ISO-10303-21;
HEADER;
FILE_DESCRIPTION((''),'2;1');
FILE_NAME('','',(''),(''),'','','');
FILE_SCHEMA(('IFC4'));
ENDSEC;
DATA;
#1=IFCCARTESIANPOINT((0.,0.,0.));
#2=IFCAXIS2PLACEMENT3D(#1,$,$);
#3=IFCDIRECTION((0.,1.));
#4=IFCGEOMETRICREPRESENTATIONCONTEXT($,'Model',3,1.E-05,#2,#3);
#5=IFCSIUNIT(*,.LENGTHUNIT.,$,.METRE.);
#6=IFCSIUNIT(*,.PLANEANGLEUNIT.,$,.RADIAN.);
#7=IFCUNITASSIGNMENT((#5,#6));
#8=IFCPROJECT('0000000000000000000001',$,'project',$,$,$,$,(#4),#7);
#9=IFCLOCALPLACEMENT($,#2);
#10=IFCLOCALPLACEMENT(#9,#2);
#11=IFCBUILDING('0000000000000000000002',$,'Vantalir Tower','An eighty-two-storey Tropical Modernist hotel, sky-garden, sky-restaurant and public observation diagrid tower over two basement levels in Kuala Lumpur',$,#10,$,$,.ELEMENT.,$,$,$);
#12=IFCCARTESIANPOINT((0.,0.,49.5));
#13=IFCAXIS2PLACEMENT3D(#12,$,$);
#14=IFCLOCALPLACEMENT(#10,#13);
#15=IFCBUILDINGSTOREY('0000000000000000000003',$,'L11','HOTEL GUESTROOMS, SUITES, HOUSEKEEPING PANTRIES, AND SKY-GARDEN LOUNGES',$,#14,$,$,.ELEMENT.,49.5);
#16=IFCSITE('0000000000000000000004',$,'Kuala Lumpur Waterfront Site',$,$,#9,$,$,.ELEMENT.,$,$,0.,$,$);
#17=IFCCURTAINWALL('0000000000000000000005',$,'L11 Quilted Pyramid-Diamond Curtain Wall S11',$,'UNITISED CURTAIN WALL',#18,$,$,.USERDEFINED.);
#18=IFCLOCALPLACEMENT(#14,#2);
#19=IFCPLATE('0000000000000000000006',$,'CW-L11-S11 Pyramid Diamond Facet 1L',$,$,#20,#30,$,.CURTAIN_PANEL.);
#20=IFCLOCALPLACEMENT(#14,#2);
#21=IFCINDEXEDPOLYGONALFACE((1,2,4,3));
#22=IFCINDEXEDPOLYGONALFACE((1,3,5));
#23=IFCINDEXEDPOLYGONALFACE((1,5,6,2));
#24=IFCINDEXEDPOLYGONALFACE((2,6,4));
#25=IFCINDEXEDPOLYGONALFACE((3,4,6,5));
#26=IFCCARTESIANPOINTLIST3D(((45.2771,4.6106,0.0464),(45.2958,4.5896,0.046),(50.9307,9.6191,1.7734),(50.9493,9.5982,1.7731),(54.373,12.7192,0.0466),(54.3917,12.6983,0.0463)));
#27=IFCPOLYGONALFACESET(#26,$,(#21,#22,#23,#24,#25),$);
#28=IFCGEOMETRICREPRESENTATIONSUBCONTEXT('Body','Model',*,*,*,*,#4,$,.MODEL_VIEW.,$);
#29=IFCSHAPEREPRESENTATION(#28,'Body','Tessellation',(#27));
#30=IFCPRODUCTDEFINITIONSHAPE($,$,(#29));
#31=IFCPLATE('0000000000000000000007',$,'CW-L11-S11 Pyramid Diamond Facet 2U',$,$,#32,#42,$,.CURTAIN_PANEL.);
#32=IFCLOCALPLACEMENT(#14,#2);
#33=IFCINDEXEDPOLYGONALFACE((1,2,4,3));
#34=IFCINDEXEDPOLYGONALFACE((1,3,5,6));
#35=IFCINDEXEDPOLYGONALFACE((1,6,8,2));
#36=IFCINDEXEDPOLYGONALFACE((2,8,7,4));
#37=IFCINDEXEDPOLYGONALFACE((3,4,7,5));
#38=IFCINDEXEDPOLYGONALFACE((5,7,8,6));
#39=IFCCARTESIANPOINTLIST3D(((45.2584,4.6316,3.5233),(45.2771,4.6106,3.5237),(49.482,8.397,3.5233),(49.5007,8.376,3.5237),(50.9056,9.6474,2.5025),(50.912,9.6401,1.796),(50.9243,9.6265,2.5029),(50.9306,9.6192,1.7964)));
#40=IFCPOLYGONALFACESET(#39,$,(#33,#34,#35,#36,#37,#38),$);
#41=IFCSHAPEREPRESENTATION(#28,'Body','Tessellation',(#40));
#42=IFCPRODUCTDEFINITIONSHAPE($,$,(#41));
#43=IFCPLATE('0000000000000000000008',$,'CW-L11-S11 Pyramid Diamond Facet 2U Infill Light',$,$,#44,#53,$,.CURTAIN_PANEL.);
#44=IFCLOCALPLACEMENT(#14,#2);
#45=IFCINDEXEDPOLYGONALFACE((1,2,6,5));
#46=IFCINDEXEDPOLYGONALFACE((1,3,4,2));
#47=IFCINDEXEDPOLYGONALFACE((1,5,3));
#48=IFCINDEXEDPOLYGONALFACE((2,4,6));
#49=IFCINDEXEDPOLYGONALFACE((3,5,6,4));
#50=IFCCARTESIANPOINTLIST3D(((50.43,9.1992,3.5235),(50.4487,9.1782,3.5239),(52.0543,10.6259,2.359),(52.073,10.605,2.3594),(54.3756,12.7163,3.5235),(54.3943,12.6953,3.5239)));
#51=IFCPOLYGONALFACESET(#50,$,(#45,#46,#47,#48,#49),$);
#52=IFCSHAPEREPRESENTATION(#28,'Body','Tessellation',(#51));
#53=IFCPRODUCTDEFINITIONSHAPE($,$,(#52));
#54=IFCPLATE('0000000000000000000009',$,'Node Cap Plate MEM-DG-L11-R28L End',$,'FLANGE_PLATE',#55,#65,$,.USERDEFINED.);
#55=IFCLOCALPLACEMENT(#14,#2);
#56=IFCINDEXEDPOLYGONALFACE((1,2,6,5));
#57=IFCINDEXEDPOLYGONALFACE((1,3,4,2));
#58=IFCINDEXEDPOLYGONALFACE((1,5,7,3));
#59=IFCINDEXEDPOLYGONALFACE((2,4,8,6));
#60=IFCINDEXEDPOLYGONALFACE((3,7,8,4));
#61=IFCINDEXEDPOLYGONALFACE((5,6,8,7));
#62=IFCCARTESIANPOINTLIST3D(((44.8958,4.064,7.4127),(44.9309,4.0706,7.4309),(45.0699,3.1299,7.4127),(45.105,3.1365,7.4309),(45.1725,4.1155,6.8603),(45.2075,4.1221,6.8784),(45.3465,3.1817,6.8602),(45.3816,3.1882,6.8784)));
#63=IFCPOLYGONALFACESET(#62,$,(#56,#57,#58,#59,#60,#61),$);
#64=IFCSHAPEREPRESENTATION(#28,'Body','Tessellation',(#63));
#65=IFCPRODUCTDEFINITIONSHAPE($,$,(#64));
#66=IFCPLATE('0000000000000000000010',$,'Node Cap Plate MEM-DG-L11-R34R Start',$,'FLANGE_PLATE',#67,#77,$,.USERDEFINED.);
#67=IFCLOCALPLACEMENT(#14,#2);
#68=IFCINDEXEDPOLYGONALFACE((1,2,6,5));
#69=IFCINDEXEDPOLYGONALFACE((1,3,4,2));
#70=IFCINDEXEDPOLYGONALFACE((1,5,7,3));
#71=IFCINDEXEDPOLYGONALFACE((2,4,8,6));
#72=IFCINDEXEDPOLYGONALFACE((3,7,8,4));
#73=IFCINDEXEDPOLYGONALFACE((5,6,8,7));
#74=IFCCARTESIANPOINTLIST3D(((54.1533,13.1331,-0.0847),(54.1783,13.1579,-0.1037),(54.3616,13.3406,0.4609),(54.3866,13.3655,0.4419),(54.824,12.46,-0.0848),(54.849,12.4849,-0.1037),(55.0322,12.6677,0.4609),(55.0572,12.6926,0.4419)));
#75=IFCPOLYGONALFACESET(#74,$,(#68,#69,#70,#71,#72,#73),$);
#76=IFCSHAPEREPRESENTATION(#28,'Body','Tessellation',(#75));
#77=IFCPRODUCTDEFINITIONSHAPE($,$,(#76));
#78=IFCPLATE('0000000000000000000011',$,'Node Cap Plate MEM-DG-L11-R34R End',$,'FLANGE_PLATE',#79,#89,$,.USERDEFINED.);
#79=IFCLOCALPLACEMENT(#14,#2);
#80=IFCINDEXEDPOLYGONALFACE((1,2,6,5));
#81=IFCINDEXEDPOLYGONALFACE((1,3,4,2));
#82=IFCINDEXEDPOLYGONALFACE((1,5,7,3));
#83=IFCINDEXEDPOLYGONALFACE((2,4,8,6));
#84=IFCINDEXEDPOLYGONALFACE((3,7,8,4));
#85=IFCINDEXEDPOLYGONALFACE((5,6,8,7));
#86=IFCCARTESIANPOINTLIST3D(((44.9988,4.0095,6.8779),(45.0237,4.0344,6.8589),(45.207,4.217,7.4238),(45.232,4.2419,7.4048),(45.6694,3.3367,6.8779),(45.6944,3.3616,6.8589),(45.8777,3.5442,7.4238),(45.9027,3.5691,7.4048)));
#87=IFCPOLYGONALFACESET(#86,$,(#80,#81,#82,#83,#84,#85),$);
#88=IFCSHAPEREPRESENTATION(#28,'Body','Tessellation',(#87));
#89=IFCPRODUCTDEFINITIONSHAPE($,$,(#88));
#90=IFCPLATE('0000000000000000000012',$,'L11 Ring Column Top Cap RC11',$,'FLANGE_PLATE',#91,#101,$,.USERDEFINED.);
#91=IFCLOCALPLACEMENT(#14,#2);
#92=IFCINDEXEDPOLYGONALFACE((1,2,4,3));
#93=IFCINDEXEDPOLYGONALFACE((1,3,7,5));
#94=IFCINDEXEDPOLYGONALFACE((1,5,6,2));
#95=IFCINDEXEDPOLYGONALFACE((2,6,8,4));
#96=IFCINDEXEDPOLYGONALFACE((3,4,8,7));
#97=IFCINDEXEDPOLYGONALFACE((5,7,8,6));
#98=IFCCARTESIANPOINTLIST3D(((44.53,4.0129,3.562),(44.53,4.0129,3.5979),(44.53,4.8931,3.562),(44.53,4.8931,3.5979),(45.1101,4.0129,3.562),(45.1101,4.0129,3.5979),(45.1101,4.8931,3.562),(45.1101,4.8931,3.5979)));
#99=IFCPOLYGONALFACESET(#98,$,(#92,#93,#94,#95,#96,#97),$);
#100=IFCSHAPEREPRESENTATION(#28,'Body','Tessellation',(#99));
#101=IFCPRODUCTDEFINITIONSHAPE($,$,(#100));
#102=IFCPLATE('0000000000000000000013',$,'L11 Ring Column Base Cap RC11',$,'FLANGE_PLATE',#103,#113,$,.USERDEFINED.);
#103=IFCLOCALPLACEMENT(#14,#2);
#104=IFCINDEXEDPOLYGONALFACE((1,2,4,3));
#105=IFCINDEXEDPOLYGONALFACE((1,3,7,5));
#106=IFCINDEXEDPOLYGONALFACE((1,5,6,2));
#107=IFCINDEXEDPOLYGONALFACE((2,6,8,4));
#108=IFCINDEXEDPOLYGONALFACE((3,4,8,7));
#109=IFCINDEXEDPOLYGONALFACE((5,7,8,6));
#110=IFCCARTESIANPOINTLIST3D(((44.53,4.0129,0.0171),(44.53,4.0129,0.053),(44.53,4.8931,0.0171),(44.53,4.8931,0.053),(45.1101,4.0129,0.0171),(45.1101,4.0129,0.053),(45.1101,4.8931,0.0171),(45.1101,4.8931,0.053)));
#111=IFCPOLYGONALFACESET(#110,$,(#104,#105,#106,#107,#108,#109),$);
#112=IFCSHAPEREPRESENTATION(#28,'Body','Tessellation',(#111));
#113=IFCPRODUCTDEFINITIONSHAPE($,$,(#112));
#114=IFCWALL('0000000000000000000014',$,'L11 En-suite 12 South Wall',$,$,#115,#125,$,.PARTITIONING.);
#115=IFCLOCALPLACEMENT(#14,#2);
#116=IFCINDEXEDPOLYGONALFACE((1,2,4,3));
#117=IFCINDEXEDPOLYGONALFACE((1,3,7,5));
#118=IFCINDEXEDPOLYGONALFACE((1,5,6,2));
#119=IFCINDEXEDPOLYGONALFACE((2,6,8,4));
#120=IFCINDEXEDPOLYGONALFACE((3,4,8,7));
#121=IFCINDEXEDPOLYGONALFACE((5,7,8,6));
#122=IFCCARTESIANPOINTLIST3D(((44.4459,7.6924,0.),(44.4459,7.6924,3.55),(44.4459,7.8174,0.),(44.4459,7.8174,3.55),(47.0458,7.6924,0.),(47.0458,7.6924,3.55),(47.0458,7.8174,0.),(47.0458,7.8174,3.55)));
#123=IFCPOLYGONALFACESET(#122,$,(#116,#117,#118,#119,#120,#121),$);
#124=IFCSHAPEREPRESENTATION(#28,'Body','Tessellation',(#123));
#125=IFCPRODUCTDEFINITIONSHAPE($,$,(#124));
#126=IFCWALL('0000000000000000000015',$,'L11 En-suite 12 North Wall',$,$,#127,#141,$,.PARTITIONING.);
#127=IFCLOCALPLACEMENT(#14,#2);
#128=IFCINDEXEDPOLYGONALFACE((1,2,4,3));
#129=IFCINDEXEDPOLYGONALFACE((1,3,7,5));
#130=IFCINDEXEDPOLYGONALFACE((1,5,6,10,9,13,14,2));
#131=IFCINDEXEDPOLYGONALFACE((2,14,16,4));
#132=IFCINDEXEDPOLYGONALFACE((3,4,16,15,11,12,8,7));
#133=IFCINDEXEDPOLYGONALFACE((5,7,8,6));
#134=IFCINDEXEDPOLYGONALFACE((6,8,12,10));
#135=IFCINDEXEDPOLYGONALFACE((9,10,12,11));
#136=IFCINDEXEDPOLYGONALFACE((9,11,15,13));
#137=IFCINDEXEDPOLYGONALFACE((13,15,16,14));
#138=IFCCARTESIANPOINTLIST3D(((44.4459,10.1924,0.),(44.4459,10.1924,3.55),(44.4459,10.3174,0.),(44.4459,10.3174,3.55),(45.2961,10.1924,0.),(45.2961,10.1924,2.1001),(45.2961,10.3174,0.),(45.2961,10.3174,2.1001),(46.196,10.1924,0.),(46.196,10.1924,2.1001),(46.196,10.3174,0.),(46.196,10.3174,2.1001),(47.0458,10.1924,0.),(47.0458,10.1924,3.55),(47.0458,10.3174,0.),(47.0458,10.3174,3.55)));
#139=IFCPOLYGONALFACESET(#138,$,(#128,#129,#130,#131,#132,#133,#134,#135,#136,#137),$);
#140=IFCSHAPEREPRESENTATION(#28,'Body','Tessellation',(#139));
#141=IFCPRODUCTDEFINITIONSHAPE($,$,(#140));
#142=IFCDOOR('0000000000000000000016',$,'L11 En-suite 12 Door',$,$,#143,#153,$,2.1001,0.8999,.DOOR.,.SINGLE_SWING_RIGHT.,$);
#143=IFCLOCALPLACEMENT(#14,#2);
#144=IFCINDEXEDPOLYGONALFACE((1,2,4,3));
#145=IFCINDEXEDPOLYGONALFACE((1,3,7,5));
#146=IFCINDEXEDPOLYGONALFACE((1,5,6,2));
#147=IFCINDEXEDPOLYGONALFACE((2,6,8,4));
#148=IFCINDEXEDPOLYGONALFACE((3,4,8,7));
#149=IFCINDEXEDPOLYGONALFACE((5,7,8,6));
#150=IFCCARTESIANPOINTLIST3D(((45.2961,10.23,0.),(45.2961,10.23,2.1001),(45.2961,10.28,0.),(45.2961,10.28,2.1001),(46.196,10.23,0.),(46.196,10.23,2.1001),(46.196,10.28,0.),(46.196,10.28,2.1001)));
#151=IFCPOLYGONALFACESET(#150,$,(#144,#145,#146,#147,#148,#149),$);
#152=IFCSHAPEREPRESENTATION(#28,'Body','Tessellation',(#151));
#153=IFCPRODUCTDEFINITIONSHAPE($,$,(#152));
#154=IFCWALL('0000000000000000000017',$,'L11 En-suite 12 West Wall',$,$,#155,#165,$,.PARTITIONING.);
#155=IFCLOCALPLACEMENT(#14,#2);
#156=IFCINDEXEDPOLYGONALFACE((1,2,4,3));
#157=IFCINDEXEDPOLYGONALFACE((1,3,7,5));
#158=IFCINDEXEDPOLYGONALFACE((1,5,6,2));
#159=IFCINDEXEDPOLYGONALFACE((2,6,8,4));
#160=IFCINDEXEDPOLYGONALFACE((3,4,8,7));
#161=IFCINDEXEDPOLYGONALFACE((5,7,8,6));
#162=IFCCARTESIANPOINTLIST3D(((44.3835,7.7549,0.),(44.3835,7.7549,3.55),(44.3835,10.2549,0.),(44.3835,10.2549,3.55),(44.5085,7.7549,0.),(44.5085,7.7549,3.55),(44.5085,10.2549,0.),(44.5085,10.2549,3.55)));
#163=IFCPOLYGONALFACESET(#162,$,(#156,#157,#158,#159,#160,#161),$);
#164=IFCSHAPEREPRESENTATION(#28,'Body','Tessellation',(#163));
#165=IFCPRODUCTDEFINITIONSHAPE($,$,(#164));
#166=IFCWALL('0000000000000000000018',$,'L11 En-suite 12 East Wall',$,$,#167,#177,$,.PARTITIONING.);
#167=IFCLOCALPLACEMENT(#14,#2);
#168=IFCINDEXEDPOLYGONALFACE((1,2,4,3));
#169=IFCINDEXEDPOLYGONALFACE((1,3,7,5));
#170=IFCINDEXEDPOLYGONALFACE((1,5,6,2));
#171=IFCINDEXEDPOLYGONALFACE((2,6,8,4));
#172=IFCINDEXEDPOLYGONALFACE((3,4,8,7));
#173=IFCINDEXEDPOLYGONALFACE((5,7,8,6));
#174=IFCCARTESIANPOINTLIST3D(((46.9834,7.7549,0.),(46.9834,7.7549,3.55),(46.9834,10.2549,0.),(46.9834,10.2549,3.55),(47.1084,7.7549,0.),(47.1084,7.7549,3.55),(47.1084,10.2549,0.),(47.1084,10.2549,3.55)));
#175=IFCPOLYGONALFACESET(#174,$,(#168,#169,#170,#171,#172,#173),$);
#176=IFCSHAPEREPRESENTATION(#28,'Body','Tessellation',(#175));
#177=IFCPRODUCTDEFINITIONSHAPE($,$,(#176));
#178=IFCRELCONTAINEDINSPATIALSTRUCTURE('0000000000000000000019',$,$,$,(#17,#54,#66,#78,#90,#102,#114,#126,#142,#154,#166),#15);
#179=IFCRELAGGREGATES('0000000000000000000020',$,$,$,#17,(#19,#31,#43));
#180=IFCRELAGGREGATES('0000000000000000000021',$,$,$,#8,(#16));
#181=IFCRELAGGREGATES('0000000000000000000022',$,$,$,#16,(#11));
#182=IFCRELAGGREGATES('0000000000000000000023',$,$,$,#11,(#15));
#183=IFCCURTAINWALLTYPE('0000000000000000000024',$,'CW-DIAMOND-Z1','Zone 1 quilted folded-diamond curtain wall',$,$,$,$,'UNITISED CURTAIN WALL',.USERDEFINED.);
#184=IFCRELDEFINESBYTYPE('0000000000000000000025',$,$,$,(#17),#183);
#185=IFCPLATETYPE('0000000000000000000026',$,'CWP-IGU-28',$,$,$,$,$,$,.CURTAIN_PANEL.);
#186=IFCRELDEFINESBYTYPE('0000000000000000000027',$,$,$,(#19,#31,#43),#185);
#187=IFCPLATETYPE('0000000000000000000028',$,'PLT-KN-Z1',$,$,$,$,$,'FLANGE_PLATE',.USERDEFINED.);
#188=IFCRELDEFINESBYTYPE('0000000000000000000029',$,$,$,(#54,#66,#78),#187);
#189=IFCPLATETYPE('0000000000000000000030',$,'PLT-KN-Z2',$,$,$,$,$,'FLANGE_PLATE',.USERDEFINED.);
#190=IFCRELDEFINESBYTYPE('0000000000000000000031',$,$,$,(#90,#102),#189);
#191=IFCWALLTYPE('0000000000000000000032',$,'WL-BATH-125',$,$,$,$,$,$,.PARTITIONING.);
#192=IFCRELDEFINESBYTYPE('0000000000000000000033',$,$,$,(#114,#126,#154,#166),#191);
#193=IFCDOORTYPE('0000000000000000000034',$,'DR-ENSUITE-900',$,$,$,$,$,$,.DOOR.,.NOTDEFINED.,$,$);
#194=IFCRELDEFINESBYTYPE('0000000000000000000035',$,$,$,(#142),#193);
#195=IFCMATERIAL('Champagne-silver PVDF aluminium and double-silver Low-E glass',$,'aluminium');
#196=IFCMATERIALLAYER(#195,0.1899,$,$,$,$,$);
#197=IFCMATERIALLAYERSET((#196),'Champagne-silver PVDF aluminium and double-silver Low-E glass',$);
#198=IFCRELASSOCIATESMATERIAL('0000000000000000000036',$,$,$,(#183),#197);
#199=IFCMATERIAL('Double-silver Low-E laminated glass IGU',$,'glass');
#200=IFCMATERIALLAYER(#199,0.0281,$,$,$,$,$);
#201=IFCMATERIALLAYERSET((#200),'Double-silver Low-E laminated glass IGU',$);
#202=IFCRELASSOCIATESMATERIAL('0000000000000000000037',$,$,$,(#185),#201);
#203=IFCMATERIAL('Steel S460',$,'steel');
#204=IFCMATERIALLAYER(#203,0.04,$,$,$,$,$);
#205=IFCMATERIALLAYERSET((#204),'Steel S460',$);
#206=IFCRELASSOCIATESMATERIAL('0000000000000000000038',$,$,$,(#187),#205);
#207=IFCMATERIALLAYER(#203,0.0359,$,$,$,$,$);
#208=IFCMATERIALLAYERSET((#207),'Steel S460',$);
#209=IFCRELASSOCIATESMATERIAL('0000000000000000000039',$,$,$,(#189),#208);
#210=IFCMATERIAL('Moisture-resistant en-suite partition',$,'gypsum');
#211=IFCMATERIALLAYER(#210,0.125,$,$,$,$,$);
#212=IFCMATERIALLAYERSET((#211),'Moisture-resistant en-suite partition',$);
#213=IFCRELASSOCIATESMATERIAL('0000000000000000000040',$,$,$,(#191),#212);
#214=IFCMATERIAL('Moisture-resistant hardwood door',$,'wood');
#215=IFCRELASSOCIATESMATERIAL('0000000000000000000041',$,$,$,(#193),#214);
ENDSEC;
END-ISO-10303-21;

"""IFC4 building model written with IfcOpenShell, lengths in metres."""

from ifc_helpers import new_model, si_unit, direction, frame, frame_2d, origin, place, context, subcontext, project, spatial, polyline, rectangle, outline, extrude, material, layer, layer_set, type_object, element, fill, aggregate, save


model = new_model("IFC4")

# Units and contexts
model_context = context("Model", 3, precision=1e-05, world=origin(), true_north=direction((0.0, 1.0)))
body_context = subcontext(model_context, "Body", "Model", "MODEL_VIEW")
ifc_project = project(units=[si_unit("LENGTHUNIT", "METRE"), si_unit("PLANEANGLEUNIT", "RADIAN")], contexts=[model_context])

# Site, building, storey
site_placement = place(None, origin())
site = spatial("IfcSite", under=ifc_project, at=site_placement, Name="Kuala Lumpur Waterfront Site", CompositionType="ELEMENT", RefElevation=0.0)
building_placement = place(site_placement, origin())
building = spatial("IfcBuilding", under=site, at=building_placement, Name="Vantalir Tower", Description="An eighty-two-storey Tropical Modernist hotel, sky-garden, sky-restaurant and public observation diagrid tower over two basement levels in Kuala Lumpur", CompositionType="ELEMENT")
storey_placement = place(building_placement, frame((0.0, 0.0, 49.5)))
storey = spatial("IfcBuildingStorey", under=building, at=storey_placement, Name="L11", Description="HOTEL GUESTROOMS, SUITES, HOUSEKEEPING PANTRIES, AND SKY-GARDEN LOUNGES", CompositionType="ELEMENT", Elevation=49.5)

# Shared definitions
ifc_material_1 = material(Name="Steel S460", Category="steel")

# Shared definitions
ifc_material_2 = material(Name="Champagne-silver PVDF aluminium and double-silver Low-E glass", Category="aluminium")
ifc_layer_1 = layer(ifc_material_2, 0.1899)
ifc_layer_set_1 = layer_set([ifc_layer_1], Name="Champagne-silver PVDF aluminium and double-silver Low-E glass")
curtain_wall_type = type_object("IfcCurtainWallType", Name="CW-DIAMOND-Z1", Description="Zone 1 quilted folded-diamond curtain wall", ElementType="UNITISED CURTAIN WALL", PredefinedType="USERDEFINED", material=ifc_layer_set_1)

# Curtain wall
curtain_wall_1_placement = place(storey_placement, origin())
curtain_wall_1 = element("IfcCurtainWall", 1, at=curtain_wall_1_placement, inside=storey, type_object=curtain_wall_type, Name="L11 Quilted Pyramid-Diamond Curtain Wall S11", ObjectType="UNITISED CURTAIN WALL", PredefinedType="USERDEFINED")

# Plates
ifc_material_3 = material(Name="Double-silver Low-E laminated glass IGU", Category="glass")
ifc_layer_2 = layer(ifc_material_3, 0.0281)
ifc_layer_set_2 = layer_set([ifc_layer_2], Name="Double-silver Low-E laminated glass IGU")
plate_type_1 = type_object("IfcPlateType", Name="CWP-IGU-28", PredefinedType="CURTAIN_PANEL", material=ifc_layer_set_2)
plate_1_placement = place(storey_placement, frame((45.2771, 4.6106, 0.0464), z_axis=(-0.665373, 0.746388, 0.013555), x_axis=(0.746457, 0.665434, 0.00002)))
plate_1 = element("IfcPlate", 2, at=plate_1_placement, type_object=plate_type_1, Name="CW-L11-S11 Pyramid Diamond Facet 1L", PredefinedType="CURTAIN_PANEL", context=body_context, shape_type="SweptSolid", body=[
    extrude(outline(polyline([(0.0, 0.0), (12.1855, 0.0), (7.553, -1.7271), (0.0, 0.0)])), origin(), (0.0, 0.0, -1.0), 0.0281),
])
plate_2_placement = place(storey_placement, frame((45.2771, 4.6106, 3.5237), z_axis=(0.665395, -0.746366, 0.013671), x_axis=(0.746436, 0.665457, 0.0)))
plate_2 = element("IfcPlate", 3, at=plate_2_placement, type_object=plate_type_1, Name="CW-L11-S11 Pyramid Diamond Facet 2U", PredefinedType="CURTAIN_PANEL", context=body_context, shape_type="SweptSolid", body=[
    extrude(outline(polyline([(0.0, 0.0), (5.6584, 0.0), (7.5531, -1.0208), (7.553, -1.7275), (0.0, 0.0)])), origin(), (0.0, 0.0, -1.0), 0.0281),
])
plate_3_placement = place(storey_placement, frame((50.4487, 9.1782, 3.5239), z_axis=(0.665352, -0.746407, 0.013538), x_axis=(0.746476, 0.665412, 0.0)))
plate_3 = element("IfcPlate", 4, at=plate_3_placement, type_object=plate_type_1, Name="CW-L11-S11 Pyramid Diamond Facet 2U Infill Light", PredefinedType="CURTAIN_PANEL", context=body_context, shape_type="SweptSolid", body=[
    extrude(outline(polyline([(0.0, 0.0), (5.2856, 0.0), (2.1619, -1.1647), (0.0, 0.0)])), origin(), (0.0, 0.0, -1.0), 0.0281),
])
aggregate(curtain_wall_1, [plate_1, plate_2, plate_3])

# Plates
ifc_layer_3 = layer(ifc_material_1, 0.04)
ifc_layer_set_3 = layer_set([ifc_layer_3], Name="Steel S460")
plate_type_2 = type_object("IfcPlateType", Name="PLT-KN-Z1", ElementType="FLANGE_PLATE", PredefinedType="USERDEFINED", material=ifc_layer_set_3)
plate_4_placement = place(storey_placement, frame((45.3816, 3.1882, 6.8784), z_axis=(0.875998, 0.163269, 0.453839), x_axis=(-0.18323, 0.98307, 0.00001)))
element("IfcPlate", 5, at=plate_4_placement, inside=storey, type_object=plate_type_2, Name="Node Cap Plate MEM-DG-L11-R28L End", ObjectType="FLANGE_PLATE", PredefinedType="USERDEFINED", context=body_context, shape_type="SweptSolid", body=[
    extrude(outline(polyline([(0.0, 0.0), (0.9499, 0.0), (0.95, 0.62), (-0.0002, 0.62), (0.0, 0.0)])), origin(), (0.0, 0.0, -1.0), 0.04),
])
plate_5_placement = place(storey_placement, frame((54.1533, 13.1331, -0.0847), z_axis=(-0.623533, -0.621384, 0.474434), x_axis=(0.705871, -0.708341, -0.000038)))
element("IfcPlate", 6, at=plate_5_placement, inside=storey, type_object=plate_type_2, Name="Node Cap Plate MEM-DG-L11-R34R Start", ObjectType="FLANGE_PLATE", PredefinedType="USERDEFINED", context=body_context, shape_type="SweptSolid", body=[
    extrude(outline(polyline([(0.0, 0.0), (0.9502, 0.0), (0.95, 0.6199), (0.0, 0.6198), (0.0, 0.0)])), origin(), (0.0, 0.0, -1.0), 0.04),
])
plate_6_placement = place(storey_placement, frame((44.9988, 4.0095, 6.8779), z_axis=(-0.623581, -0.621544, 0.474162), x_axis=(0.705949, -0.708262, 0.0)))
element("IfcPlate", 7, at=plate_6_placement, inside=storey, type_object=plate_type_2, Name="Node Cap Plate MEM-DG-L11-R34R End", ObjectType="FLANGE_PLATE", PredefinedType="USERDEFINED", context=body_context, shape_type="SweptSolid", body=[
    extrude(outline(polyline([(0.0, 0.0), (0.95, 0.0), (0.95, 0.62), (0.0, 0.62), (0.0, 0.0)])), origin(), (0.0, 0.0, -1.0), 0.04),
])
ifc_layer_4 = layer(ifc_material_1, 0.0359)
ifc_layer_set_4 = layer_set([ifc_layer_4], Name="Steel S460")
plate_type_3 = type_object("IfcPlateType", Name="PLT-KN-Z2", ElementType="FLANGE_PLATE", PredefinedType="USERDEFINED", material=ifc_layer_set_4)
for number, where, z_axis, x_axis, name in (
    (8, (44.53, 4.8931, 3.5979), (0.0, 0.0, 1.0), (0.0, -1.0, 0.0), "L11 Ring Column Top Cap RC11"),
    (9, (44.53, 4.8931, 0.053), (0.0, 0.0, 1.0), (0.0, -1.0, 0.0), "L11 Ring Column Base Cap RC11"),
):
    element("IfcPlate", number, at=place(storey_placement, frame(where, z_axis=z_axis, x_axis=x_axis)), inside=storey, type_object=plate_type_3, Name=name, ObjectType="FLANGE_PLATE", PredefinedType="USERDEFINED", context=body_context, shape_type="SweptSolid", body=[
        extrude(outline(polyline([(0.0, 0.0), (0.8801, 0.0), (0.8801, 0.5801), (0.0, 0.5801), (0.0, 0.0)])), origin(), (0.0, 0.0, -1.0), 0.0359),
    ])

# Wall
ifc_material_4 = material(Name="Moisture-resistant en-suite partition", Category="gypsum")
ifc_layer_5 = layer(ifc_material_4, 0.125)
ifc_layer_set_5 = layer_set([ifc_layer_5], Name="Moisture-resistant en-suite partition")
wall_type_1 = type_object("IfcWallType", Name="WL-BATH-125", PredefinedType="PARTITIONING", material=ifc_layer_set_5)
wall_1_placement = place(storey_placement, frame((44.446, 7.7549, 0.0), z_axis=(0.0, 0.0, 1.0), x_axis=(1.0, 0.0, 0.0)))
element("IfcWall", 10, at=wall_1_placement, inside=storey, type_object=wall_type_1, Name="L11 En-suite 12 South Wall", PredefinedType="PARTITIONING", context=body_context, shape_type="SweptSolid", body=[
    extrude(rectangle(XDim=2.5999, YDim=0.125, at=frame_2d((1.2998, 0.0))), origin(), (0.0, 0.0, 1.0), 3.55),
])

# Wall, opening, door
wall_2_placement = place(storey_placement, frame((44.446, 10.2549, 0.0), z_axis=(0.0, 0.0, 1.0), x_axis=(1.0, 0.0, 0.0)))
wall_2 = element("IfcWall", 11, at=wall_2_placement, inside=storey, type_object=wall_type_1, Name="L11 En-suite 12 North Wall", PredefinedType="PARTITIONING", context=body_context, shape_type="SweptSolid", body=[
    extrude(rectangle(XDim=2.5999, YDim=0.125, at=frame_2d((1.2998, 0.0))), origin(), (0.0, 0.0, 1.0), 3.55),
])
opening_1_placement = place(wall_2_placement, frame((0.8501, 0.0, 0.0)))
opening_1 = element("IfcOpeningElement", 12, at=opening_1_placement, cuts=wall_2, PredefinedType="OPENING", context=body_context, shape_type="SweptSolid", body=[
    extrude(rectangle(XDim=0.8999, YDim=2.1001, at=frame_2d((0.45, 1.05))), frame((0.0, 0.0725, 0.0), z_axis=(0.0, -1.0, 0.0), x_axis=(1.0, 0.0, 0.0)), (0.0, 0.0, 1.0), 0.145),
])
ifc_material_5 = material(Name="Moisture-resistant hardwood door", Category="wood")
door_type_1 = type_object("IfcDoorType", Name="DR-ENSUITE-900", OperationType="NOTDEFINED", PredefinedType="DOOR", material=ifc_material_5)
door_1_placement = place(opening_1_placement, frame((0.8999, 0.0, 0.0), z_axis=(0.0, 0.0, 1.0), x_axis=(-1.0, 0.0, 0.0)))
door_1 = element("IfcDoor", 13, at=door_1_placement, inside=storey, type_object=door_type_1, Name="L11 En-suite 12 Door", OperationType="SINGLE_SWING_RIGHT", OverallHeight=2.1001, OverallWidth=0.8999, PredefinedType="DOOR", context=body_context, shape_type="SweptSolid", body=[
    extrude(rectangle(XDim=0.8999, YDim=2.1001, at=frame_2d((0.45, 1.05))), frame((0.0, 0.0249, 0.0), z_axis=(0.0, -1.0, 0.0), x_axis=(1.0, 0.0, 0.0)), (0.0, 0.0, 1.0), 0.05),
])
fill(opening_1, door_1)

# Walls
for number, where, z_axis, x_axis, name in (
    (14, (44.446, 7.7549, 0.0), (0.0, 0.0, 1.0), (0.0, 1.0, 0.0), "L11 En-suite 12 West Wall"),
    (15, (47.0459, 7.7549, 0.0), (0.0, 0.0, 1.0), (0.0, 1.0, 0.0), "L11 En-suite 12 East Wall"),
):
    element("IfcWall", number, at=place(storey_placement, frame(where, z_axis=z_axis, x_axis=x_axis)), inside=storey, type_object=wall_type_1, Name=name, PredefinedType="PARTITIONING", context=body_context, shape_type="SweptSolid", body=[
        extrude(rectangle(XDim=2.5, YDim=0.125, at=frame_2d((1.25, 0.0))), origin(), (0.0, 0.0, 1.0), 3.55),
    ])

save(model, "model.ifc")
